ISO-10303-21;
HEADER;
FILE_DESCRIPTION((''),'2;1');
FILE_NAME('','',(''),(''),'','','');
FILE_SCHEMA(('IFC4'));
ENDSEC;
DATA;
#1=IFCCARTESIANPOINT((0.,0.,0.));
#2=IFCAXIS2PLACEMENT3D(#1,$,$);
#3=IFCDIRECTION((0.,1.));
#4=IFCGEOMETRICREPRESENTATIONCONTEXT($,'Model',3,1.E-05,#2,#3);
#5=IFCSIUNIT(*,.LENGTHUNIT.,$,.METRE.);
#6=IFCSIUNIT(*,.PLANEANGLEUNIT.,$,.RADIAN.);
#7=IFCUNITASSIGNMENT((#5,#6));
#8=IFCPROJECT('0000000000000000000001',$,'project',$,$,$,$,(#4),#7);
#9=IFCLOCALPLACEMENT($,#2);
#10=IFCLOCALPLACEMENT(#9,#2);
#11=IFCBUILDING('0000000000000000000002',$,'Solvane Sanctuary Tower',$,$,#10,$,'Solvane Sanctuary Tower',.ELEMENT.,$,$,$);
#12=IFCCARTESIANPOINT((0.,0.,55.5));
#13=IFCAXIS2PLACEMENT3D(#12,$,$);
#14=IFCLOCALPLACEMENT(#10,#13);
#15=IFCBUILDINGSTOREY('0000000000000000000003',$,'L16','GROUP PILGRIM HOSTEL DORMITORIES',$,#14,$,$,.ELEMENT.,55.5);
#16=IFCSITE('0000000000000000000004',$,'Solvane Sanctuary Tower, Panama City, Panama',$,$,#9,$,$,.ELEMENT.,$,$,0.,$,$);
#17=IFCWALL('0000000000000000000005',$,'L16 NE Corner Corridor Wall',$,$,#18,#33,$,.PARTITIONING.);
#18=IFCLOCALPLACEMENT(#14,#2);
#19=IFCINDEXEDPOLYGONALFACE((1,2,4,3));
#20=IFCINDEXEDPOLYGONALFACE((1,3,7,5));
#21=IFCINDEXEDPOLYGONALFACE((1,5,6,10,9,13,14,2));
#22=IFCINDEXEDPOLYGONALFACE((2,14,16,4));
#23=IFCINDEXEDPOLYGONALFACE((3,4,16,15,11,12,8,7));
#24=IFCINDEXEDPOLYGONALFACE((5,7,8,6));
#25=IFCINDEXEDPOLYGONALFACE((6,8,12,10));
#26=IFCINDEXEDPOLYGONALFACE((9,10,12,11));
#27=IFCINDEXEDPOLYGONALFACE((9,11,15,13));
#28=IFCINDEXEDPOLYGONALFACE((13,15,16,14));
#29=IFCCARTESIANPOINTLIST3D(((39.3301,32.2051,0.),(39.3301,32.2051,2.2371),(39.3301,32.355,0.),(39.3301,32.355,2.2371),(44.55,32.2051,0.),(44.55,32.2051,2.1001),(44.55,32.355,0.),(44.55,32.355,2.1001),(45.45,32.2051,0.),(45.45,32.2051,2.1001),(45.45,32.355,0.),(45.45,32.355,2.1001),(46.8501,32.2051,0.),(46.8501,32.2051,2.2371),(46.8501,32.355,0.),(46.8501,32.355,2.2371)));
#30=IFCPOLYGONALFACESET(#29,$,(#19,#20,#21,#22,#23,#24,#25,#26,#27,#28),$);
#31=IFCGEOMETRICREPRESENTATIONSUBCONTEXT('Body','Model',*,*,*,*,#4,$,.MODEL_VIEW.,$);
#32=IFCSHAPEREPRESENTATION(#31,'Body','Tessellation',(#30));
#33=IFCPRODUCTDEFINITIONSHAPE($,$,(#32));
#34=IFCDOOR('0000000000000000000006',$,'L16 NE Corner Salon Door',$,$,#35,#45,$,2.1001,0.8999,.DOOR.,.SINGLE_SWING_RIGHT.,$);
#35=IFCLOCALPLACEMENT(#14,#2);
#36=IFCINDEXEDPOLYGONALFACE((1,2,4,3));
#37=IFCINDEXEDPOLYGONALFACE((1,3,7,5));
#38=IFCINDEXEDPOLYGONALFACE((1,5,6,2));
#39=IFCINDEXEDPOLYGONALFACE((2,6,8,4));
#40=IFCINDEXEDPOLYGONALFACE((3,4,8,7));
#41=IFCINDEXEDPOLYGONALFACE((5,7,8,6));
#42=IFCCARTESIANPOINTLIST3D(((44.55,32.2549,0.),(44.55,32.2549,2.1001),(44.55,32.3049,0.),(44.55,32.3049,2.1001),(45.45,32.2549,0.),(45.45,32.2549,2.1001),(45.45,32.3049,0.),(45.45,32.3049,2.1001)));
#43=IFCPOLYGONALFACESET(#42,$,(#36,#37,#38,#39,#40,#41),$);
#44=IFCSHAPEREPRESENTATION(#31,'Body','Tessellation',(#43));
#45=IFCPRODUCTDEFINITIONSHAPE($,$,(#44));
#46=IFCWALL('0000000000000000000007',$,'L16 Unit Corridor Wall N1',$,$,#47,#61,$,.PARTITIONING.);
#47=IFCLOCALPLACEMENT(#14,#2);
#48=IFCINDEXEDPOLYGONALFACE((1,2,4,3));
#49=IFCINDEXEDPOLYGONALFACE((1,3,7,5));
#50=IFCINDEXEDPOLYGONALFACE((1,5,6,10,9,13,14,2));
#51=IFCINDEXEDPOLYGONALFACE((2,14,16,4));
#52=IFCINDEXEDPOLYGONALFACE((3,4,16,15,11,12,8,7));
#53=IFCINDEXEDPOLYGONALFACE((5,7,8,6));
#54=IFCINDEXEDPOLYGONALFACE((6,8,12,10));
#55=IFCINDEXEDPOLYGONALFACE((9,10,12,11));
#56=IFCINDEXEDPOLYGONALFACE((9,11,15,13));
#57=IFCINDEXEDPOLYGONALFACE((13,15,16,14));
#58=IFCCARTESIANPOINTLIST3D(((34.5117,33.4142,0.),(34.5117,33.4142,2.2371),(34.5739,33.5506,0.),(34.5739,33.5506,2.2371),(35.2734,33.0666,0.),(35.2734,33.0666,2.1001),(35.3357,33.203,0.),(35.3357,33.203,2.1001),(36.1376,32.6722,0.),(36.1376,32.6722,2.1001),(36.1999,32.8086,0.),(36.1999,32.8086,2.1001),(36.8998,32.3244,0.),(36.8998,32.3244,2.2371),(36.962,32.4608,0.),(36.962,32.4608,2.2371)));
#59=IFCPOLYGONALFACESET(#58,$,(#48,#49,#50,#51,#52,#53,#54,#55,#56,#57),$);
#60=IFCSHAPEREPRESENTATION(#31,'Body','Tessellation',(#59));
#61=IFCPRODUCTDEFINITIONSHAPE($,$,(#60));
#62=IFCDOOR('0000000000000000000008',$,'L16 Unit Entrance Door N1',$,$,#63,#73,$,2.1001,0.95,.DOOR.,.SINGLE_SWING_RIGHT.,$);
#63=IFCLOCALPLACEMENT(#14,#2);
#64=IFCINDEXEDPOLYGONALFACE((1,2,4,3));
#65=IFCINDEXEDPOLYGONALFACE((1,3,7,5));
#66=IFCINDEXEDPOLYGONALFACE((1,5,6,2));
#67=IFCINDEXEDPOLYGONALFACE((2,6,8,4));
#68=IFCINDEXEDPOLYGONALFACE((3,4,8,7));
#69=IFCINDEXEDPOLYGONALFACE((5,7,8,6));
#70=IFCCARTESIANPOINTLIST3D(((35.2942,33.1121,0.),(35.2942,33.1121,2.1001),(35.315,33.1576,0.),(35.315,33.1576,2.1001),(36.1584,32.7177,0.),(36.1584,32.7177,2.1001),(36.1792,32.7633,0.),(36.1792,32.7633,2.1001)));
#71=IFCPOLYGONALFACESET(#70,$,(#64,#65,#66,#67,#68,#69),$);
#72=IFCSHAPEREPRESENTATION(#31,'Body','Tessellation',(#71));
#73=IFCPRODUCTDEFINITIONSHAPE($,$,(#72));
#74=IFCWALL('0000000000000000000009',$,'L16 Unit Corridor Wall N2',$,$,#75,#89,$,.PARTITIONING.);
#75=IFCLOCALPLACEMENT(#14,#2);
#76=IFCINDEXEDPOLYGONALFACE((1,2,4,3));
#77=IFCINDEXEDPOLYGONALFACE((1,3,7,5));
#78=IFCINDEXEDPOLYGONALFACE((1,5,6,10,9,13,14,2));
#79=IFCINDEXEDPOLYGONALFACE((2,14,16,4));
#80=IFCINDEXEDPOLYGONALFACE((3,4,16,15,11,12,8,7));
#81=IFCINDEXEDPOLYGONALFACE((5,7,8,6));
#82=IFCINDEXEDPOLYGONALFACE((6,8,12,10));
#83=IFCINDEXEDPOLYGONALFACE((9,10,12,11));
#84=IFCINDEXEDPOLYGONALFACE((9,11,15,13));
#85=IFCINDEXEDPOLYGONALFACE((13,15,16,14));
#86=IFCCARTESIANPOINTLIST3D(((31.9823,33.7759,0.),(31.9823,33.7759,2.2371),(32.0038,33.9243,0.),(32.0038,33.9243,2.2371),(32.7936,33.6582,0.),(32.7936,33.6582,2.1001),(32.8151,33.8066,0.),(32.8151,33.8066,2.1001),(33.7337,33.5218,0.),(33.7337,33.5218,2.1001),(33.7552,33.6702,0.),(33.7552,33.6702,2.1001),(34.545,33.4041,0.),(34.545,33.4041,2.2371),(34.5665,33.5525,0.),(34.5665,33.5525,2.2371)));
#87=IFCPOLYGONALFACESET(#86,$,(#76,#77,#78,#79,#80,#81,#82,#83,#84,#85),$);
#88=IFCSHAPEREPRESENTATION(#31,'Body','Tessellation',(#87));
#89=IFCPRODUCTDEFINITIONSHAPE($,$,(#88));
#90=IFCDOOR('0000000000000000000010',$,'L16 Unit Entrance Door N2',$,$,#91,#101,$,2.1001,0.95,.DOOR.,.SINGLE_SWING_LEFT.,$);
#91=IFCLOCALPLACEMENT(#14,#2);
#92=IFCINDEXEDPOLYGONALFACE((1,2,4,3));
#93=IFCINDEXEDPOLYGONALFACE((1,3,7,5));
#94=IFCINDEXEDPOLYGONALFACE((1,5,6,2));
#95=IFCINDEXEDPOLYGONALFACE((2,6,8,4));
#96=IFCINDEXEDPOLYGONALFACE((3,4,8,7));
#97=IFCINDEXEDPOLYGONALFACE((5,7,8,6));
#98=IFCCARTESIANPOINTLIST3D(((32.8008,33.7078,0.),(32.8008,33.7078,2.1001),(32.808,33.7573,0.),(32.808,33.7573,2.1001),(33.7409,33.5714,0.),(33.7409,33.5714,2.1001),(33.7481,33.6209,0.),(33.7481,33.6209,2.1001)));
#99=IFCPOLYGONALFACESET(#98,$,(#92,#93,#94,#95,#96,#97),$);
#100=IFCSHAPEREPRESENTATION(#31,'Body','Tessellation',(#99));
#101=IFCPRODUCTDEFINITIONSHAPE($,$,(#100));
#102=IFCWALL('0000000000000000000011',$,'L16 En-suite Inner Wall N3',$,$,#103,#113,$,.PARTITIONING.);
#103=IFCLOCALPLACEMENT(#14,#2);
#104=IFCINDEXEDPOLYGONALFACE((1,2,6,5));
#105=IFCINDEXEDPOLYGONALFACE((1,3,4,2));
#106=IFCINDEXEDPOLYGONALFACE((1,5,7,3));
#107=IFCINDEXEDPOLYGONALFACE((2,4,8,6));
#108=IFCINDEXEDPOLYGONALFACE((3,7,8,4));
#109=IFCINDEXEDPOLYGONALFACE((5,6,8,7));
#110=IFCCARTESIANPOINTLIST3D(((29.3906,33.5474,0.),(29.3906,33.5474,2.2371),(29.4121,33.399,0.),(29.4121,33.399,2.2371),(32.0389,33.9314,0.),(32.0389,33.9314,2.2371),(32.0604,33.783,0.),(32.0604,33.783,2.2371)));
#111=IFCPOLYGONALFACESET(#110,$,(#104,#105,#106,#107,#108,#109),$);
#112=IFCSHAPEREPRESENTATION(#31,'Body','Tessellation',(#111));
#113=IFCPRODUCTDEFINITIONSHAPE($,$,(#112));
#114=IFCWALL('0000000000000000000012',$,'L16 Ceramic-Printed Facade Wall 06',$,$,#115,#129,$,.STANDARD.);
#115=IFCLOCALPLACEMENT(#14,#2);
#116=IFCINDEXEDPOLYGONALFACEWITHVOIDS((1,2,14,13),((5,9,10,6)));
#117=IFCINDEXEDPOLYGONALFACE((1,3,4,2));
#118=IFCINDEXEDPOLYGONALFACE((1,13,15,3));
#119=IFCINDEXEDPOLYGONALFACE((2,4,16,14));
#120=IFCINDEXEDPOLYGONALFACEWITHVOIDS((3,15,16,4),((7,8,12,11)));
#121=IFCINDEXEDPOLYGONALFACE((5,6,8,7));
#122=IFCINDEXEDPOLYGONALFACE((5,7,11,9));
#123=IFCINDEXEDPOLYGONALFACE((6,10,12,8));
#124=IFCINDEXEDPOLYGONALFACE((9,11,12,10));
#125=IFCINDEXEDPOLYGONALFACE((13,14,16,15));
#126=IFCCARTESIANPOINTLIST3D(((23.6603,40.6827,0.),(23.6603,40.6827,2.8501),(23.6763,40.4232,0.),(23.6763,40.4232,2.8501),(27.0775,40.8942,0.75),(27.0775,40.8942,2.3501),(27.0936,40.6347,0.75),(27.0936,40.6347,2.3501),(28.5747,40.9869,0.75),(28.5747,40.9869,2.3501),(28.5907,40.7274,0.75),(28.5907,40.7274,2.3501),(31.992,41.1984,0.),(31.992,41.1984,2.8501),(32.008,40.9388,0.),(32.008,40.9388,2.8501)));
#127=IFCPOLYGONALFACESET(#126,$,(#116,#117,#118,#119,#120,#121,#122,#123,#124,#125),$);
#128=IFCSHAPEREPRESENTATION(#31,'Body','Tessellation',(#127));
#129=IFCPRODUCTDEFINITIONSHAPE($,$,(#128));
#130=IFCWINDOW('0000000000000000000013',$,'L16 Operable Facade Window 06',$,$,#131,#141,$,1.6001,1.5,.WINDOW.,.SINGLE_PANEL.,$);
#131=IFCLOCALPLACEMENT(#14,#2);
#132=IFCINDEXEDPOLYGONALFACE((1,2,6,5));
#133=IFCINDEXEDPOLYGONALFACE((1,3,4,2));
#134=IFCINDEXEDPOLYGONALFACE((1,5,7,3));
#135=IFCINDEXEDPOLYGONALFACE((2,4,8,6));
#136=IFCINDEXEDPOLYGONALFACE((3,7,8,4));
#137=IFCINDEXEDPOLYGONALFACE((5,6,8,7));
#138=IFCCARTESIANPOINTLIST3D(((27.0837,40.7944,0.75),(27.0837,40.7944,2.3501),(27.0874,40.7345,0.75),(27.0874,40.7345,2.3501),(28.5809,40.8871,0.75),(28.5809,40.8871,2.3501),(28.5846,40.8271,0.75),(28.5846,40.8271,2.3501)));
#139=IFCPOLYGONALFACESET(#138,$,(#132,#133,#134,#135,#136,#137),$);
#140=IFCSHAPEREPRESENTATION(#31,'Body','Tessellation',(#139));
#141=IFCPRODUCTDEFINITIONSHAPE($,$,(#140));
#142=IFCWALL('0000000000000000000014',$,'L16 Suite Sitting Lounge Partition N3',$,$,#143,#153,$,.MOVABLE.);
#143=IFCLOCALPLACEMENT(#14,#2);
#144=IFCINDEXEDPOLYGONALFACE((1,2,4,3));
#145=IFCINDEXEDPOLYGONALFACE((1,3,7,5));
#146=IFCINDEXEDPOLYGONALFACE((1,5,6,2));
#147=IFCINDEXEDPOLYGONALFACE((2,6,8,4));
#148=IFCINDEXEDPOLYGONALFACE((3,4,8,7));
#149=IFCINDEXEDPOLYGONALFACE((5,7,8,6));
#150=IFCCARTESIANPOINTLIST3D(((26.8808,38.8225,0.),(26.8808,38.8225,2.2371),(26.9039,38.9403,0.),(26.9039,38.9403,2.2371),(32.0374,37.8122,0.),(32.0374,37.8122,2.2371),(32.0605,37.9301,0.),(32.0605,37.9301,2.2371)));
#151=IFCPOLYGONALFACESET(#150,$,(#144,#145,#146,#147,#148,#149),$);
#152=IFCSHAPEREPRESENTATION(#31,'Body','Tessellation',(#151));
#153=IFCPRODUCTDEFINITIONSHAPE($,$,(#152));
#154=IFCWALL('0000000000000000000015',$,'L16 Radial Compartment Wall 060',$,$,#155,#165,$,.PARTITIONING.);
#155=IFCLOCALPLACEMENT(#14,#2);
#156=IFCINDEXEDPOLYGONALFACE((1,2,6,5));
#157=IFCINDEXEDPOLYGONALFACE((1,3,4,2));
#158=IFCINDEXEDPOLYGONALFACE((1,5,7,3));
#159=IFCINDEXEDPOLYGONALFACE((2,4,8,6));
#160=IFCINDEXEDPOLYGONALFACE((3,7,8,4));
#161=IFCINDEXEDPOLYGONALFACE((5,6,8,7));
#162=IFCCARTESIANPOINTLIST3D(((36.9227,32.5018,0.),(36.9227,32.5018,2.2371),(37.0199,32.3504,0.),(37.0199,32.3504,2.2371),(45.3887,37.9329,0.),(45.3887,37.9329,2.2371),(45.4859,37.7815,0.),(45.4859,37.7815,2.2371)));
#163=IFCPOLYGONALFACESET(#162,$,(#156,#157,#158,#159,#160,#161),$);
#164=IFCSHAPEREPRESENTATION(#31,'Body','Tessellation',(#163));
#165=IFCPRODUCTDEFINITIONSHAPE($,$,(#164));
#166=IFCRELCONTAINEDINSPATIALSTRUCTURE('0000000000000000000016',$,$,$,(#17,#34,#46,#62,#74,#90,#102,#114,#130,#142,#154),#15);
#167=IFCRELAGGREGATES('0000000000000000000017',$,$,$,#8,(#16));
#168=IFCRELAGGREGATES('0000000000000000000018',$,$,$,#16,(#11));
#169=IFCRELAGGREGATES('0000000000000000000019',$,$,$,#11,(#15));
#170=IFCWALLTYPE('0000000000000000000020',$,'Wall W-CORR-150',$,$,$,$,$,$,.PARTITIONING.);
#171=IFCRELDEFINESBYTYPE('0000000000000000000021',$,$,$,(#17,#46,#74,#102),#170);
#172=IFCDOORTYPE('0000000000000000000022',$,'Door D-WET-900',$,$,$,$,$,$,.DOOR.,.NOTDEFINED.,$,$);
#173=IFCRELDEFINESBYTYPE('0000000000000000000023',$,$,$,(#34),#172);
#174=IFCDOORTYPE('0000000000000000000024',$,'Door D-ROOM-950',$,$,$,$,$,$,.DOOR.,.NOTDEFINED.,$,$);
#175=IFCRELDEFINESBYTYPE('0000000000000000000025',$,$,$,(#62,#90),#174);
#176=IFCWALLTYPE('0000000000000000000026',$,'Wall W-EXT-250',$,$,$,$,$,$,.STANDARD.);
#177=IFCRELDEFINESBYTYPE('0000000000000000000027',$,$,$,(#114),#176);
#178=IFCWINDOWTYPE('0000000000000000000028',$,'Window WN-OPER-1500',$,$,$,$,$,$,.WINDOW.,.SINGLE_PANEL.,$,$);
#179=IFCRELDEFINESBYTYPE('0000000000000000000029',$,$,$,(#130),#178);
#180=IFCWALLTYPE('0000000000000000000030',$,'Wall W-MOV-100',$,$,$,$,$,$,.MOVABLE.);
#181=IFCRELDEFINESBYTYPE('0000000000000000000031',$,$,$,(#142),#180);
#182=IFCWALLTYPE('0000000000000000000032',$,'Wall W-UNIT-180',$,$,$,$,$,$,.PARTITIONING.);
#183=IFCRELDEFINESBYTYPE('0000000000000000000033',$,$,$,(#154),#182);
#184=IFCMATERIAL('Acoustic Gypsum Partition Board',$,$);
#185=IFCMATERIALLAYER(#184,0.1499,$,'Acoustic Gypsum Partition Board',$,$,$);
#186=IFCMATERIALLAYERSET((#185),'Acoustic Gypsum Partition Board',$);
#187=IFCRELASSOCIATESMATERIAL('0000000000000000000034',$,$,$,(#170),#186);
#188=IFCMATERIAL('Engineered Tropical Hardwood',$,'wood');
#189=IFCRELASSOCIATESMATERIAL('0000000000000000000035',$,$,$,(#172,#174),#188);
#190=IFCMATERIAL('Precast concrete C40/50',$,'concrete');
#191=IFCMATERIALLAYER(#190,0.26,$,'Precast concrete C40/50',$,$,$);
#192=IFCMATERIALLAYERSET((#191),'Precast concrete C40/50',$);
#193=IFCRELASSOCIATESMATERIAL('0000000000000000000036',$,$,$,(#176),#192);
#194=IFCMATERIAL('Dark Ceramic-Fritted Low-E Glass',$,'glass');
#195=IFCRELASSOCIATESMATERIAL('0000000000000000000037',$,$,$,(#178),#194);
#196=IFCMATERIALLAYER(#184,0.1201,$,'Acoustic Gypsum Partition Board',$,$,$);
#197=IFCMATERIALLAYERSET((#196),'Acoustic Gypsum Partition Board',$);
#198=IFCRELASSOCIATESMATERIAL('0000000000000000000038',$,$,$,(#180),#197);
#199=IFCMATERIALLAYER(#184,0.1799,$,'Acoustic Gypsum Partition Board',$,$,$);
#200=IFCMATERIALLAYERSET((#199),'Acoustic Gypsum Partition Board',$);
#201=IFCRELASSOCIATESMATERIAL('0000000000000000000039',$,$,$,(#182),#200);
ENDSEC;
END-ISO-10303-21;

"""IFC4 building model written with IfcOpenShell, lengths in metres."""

from ifc_helpers import new_model, si_unit, direction, frame, frame_2d, origin, place, context, subcontext, project, spatial, rectangle, extrude, material, layer, layer_set, type_object, element, fill, save


model = new_model("IFC4")

# Units and contexts
model_context = context("Model", 3, precision=1e-05, world=origin(), true_north=direction((0.0, 1.0)))
body_context = subcontext(model_context, "Body", "Model", "MODEL_VIEW")
ifc_project = project(units=[si_unit("LENGTHUNIT", "METRE"), si_unit("PLANEANGLEUNIT", "RADIAN")], contexts=[model_context])

# Site, building, storey
site_placement = place(None, origin())
site = spatial("IfcSite", under=ifc_project, at=site_placement, Name="Solvane Sanctuary Tower, Panama City, Panama", CompositionType="ELEMENT", RefElevation=0.0)
building_placement = place(site_placement, origin())
building = spatial("IfcBuilding", under=site, at=building_placement, Name="Solvane Sanctuary Tower", LongName="Solvane Sanctuary Tower", CompositionType="ELEMENT")
storey_placement = place(building_placement, frame((0.0, 0.0, 55.5)))
storey = spatial("IfcBuildingStorey", under=building, at=storey_placement, Name="L16", Description="GROUP PILGRIM HOSTEL DORMITORIES", CompositionType="ELEMENT", Elevation=55.5)

# Shared definitions
ifc_material_1 = material(Name="Acoustic Gypsum Partition Board")
ifc_layer_1 = layer(ifc_material_1, 0.1499, Name="Acoustic Gypsum Partition Board")
ifc_layer_set_1 = layer_set([ifc_layer_1], Name="Acoustic Gypsum Partition Board")
wall_type_1 = type_object("IfcWallType", Name="Wall W-CORR-150", PredefinedType="PARTITIONING", material=ifc_layer_set_1)

# Walls, openings, doors
wall_1_placement = place(storey_placement, frame((39.3301, 32.28, 0.0), z_axis=(0.0, 0.0, 1.0), x_axis=(1.0, 0.0, 0.0)))
wall_1 = element("IfcWall", 1, at=wall_1_placement, inside=storey, type_object=wall_type_1, Name="L16 NE Corner Corridor Wall", PredefinedType="PARTITIONING", context=body_context, shape_type="SweptSolid", body=[
    extrude(rectangle(XDim=7.52, YDim=0.1499, at=frame_2d((3.76, 0.0))), origin(), (0.0, 0.0, 1.0), 2.2371),
])
opening_1_placement = place(wall_1_placement, frame((5.22, 0.0, 0.0)))
opening_1 = element("IfcOpeningElement", 2, at=opening_1_placement, cuts=wall_1, PredefinedType="OPENING", context=body_context, shape_type="SweptSolid", body=[
    extrude(rectangle(XDim=0.8999, YDim=2.1001, at=frame_2d((0.45, 1.05))), frame((0.0, 0.085, 0.0), z_axis=(0.0, -1.0, 0.0), x_axis=(1.0, 0.0, 0.0)), (0.0, 0.0, 1.0), 0.1699),
])
ifc_material_2 = material(Name="Engineered Tropical Hardwood", Category="wood")
door_type_1 = type_object("IfcDoorType", Name="Door D-WET-900", OperationType="NOTDEFINED", PredefinedType="DOOR", material=ifc_material_2)
door_1_placement = place(opening_1_placement, origin())
door_1 = element("IfcDoor", 3, at=door_1_placement, inside=storey, type_object=door_type_1, Name="L16 NE Corner Salon Door", OperationType="SINGLE_SWING_RIGHT", OverallHeight=2.1001, OverallWidth=0.8999, PredefinedType="DOOR", context=body_context, shape_type="SweptSolid", body=[
    extrude(rectangle(XDim=0.8999, YDim=2.1001, at=frame_2d((0.45, 1.05))), frame((0.0, 0.0249, 0.0), z_axis=(0.0, -1.0, 0.0), x_axis=(1.0, 0.0, 0.0)), (0.0, 0.0, 1.0), 0.05),
])
fill(opening_1, door_1)
wall_2_placement = place(storey_placement, frame((36.9309, 32.3926, 0.0), z_axis=(0.0, 0.0, 1.0), x_axis=(-0.909748, 0.415162, 0.0)))
wall_2 = element("IfcWall", 4, at=wall_2_placement, inside=storey, type_object=wall_type_1, Name="L16 Unit Corridor Wall N1", PredefinedType="PARTITIONING", context=body_context, shape_type="SweptSolid", body=[
    extrude(rectangle(XDim=2.625, YDim=0.1499, at=frame_2d((1.3125, 0.0))), origin(), (0.0, 0.0, 1.0), 2.2371),
])
opening_2_placement = place(wall_2_placement, frame((0.8376, 0.0, 0.0)))
opening_2 = element("IfcOpeningElement", 5, at=opening_2_placement, cuts=wall_2, PredefinedType="OPENING", context=body_context, shape_type="SweptSolid", body=[
    extrude(rectangle(XDim=0.95, YDim=2.1001, at=frame_2d((0.4751, 1.05))), frame((0.0, 0.085, 0.0), z_axis=(0.0, -1.0, 0.0), x_axis=(1.0, 0.0, 0.0)), (0.0, 0.0, 1.0), 0.1699),
])
door_type_2 = type_object("IfcDoorType", Name="Door D-ROOM-950", OperationType="NOTDEFINED", PredefinedType="DOOR", material=ifc_material_2)
door_2_placement = place(opening_2_placement, origin())
door_2 = element("IfcDoor", 6, at=door_2_placement, inside=storey, type_object=door_type_2, Name="L16 Unit Entrance Door N1", OperationType="SINGLE_SWING_RIGHT", OverallHeight=2.1001, OverallWidth=0.95, PredefinedType="DOOR", context=body_context, shape_type="SweptSolid", body=[
    extrude(rectangle(XDim=0.95, YDim=2.1001, at=frame_2d((0.4751, 1.05))), frame((0.0, 0.0249, 0.0), z_axis=(0.0, -1.0, 0.0), x_axis=(1.0, 0.0, 0.0)), (0.0, 0.0, 1.0), 0.05),
])
fill(opening_2, door_2)
wall_3_placement = place(storey_placement, frame((34.5559, 33.4783, 0.0), z_axis=(0.0, 0.0, 1.0), x_axis=(-0.989638, 0.143586, 0.0)))
wall_3 = element("IfcWall", 7, at=wall_3_placement, inside=storey, type_object=wall_type_1, Name="L16 Unit Corridor Wall N2", PredefinedType="PARTITIONING", context=body_context, shape_type="SweptSolid", body=[
    extrude(rectangle(XDim=2.5896, YDim=0.1499, at=frame_2d((1.2949, 0.0))), origin(), (0.0, 0.0, 1.0), 2.2371),
])
opening_3_placement = place(wall_3_placement, frame((0.8198, 0.0, 0.0)))
opening_3 = element("IfcOpeningElement", 8, at=opening_3_placement, cuts=wall_3, PredefinedType="OPENING", context=body_context, shape_type="SweptSolid", body=[
    extrude(rectangle(XDim=0.95, YDim=2.1001, at=frame_2d((0.4751, 1.05))), frame((0.0, 0.085, 0.0), z_axis=(0.0, -1.0, 0.0), x_axis=(1.0, 0.0, 0.0)), (0.0, 0.0, 1.0), 0.1699),
])
door_3_placement = place(opening_3_placement, origin())
door_3 = element("IfcDoor", 9, at=door_3_placement, inside=storey, type_object=door_type_2, Name="L16 Unit Entrance Door N2", OperationType="SINGLE_SWING_LEFT", OverallHeight=2.1001, OverallWidth=0.95, PredefinedType="DOOR", context=body_context, shape_type="SweptSolid", body=[
    extrude(rectangle(XDim=0.95, YDim=2.1001, at=frame_2d((0.4751, 1.05))), frame((0.0, 0.0249, 0.0), z_axis=(0.0, -1.0, 0.0), x_axis=(1.0, 0.0, 0.0)), (0.0, 0.0, 1.0), 0.05),
])
fill(opening_3, door_3)

# Wall
wall_4_placement = place(storey_placement, frame((32.0496, 33.8572, 0.0), z_axis=(0.0, 0.0, 1.0), x_axis=(-0.98965, -0.143503, 0.0)))
element("IfcWall", 10, at=wall_4_placement, inside=storey, type_object=wall_type_1, Name="L16 En-suite Inner Wall N3", PredefinedType="PARTITIONING", context=body_context, shape_type="SweptSolid", body=[
    extrude(rectangle(XDim=2.676, YDim=0.1499, at=frame_2d((1.3379, 0.0))), origin(), (0.0, 0.0, 1.0), 2.2371),
])

# Wall, opening, window
ifc_material_3 = material(Name="Precast concrete C40/50", Category="concrete")
ifc_layer_2 = layer(ifc_material_3, 0.26, Name="Precast concrete C40/50")
ifc_layer_set_2 = layer_set([ifc_layer_2], Name="Precast concrete C40/50")
wall_type_2 = type_object("IfcWallType", Name="Wall W-EXT-250", PredefinedType="STANDARD", material=ifc_layer_set_2)
wall_5_placement = place(storey_placement, frame((32.0, 41.0686, 0.0), z_axis=(0.0, 0.0, 1.0), x_axis=(-0.998091, -0.061768, 0.0)))
wall_5 = element("IfcWall", 11, at=wall_5_placement, inside=storey, type_object=wall_type_2, Name="L16 Ceramic-Printed Facade Wall 06", PredefinedType="STANDARD", context=body_context, shape_type="SweptSolid", body=[
    extrude(rectangle(XDim=8.3477, YDim=0.26, at=frame_2d((4.1738, 0.0))), origin(), (0.0, 0.0, 1.0), 2.8501),
])
opening_4_placement = place(wall_5_placement, frame((3.4238, 0.0, 0.75)))
opening_4 = element("IfcOpeningElement", 12, at=opening_4_placement, cuts=wall_5, PredefinedType="OPENING", context=body_context, shape_type="SweptSolid", body=[
    extrude(rectangle(XDim=1.5, YDim=1.6001, at=frame_2d((0.75, 0.8))), frame((0.0, 0.1399, 0.0), z_axis=(0.0, -1.0, 0.0), x_axis=(1.0, 0.0, 0.0)), (0.0, 0.0, 1.0), 0.28),
])
ifc_material_4 = material(Name="Dark Ceramic-Fritted Low-E Glass", Category="glass")
window_type = type_object("IfcWindowType", Name="Window WN-OPER-1500", PartitioningType="SINGLE_PANEL", PredefinedType="WINDOW", material=ifc_material_4)
window_placement = place(opening_4_placement, origin())
window = element("IfcWindow", 13, at=window_placement, inside=storey, type_object=window_type, Name="L16 Operable Facade Window 06", OverallHeight=1.6001, OverallWidth=1.5, PartitioningType="SINGLE_PANEL", PredefinedType="WINDOW", context=body_context, shape_type="SweptSolid", body=[
    extrude(rectangle(XDim=1.5, YDim=1.6001, at=frame_2d((0.75, 0.8))), frame((0.0, 0.03, 0.0), z_axis=(0.0, -1.0, 0.0), x_axis=(1.0, 0.0, 0.0)), (0.0, 0.0, 1.0), 0.0601),
])
fill(opening_4, window)

# Walls
ifc_layer_3 = layer(ifc_material_1, 0.1201, Name="Acoustic Gypsum Partition Board")
ifc_layer_set_3 = layer_set([ifc_layer_3], Name="Acoustic Gypsum Partition Board")
wall_type_3 = type_object("IfcWallType", Name="Wall W-MOV-100", PredefinedType="MOVABLE", material=ifc_layer_set_3)
wall_6_placement = place(storey_placement, frame((32.0491, 37.8711, 0.0), z_axis=(0.0, 0.0, 1.0), x_axis=(-0.981343, 0.192264, 0.0)))
element("IfcWall", 14, at=wall_6_placement, inside=storey, type_object=wall_type_3, Name="L16 Suite Sitting Lounge Partition N3", PredefinedType="MOVABLE", context=body_context, shape_type="SweptSolid", body=[
    extrude(rectangle(XDim=5.2546, YDim=0.1201, at=frame_2d((2.6274, 0.0))), origin(), (0.0, 0.0, 1.0), 2.2371),
])
ifc_layer_4 = layer(ifc_material_1, 0.1799, Name="Acoustic Gypsum Partition Board")
ifc_layer_set_4 = layer_set([ifc_layer_4], Name="Acoustic Gypsum Partition Board")
wall_type_4 = type_object("IfcWallType", Name="Wall W-UNIT-180", PredefinedType="PARTITIONING", material=ifc_layer_set_4)
wall_7_placement = place(storey_placement, frame((36.9712, 32.426, 0.0), z_axis=(0.0, 0.0, 1.0), x_axis=(0.84169, 0.539961, 0.0)))
element("IfcWall", 15, at=wall_7_placement, inside=storey, type_object=wall_type_4, Name="L16 Radial Compartment Wall 060", PredefinedType="PARTITIONING", context=body_context, shape_type="SweptSolid", body=[
    extrude(rectangle(XDim=10.0583, YDim=0.1799, at=frame_2d((5.0293, 0.0))), origin(), (0.0, 0.0, 1.0), 2.2371),
])

save(model, "model.ifc")
